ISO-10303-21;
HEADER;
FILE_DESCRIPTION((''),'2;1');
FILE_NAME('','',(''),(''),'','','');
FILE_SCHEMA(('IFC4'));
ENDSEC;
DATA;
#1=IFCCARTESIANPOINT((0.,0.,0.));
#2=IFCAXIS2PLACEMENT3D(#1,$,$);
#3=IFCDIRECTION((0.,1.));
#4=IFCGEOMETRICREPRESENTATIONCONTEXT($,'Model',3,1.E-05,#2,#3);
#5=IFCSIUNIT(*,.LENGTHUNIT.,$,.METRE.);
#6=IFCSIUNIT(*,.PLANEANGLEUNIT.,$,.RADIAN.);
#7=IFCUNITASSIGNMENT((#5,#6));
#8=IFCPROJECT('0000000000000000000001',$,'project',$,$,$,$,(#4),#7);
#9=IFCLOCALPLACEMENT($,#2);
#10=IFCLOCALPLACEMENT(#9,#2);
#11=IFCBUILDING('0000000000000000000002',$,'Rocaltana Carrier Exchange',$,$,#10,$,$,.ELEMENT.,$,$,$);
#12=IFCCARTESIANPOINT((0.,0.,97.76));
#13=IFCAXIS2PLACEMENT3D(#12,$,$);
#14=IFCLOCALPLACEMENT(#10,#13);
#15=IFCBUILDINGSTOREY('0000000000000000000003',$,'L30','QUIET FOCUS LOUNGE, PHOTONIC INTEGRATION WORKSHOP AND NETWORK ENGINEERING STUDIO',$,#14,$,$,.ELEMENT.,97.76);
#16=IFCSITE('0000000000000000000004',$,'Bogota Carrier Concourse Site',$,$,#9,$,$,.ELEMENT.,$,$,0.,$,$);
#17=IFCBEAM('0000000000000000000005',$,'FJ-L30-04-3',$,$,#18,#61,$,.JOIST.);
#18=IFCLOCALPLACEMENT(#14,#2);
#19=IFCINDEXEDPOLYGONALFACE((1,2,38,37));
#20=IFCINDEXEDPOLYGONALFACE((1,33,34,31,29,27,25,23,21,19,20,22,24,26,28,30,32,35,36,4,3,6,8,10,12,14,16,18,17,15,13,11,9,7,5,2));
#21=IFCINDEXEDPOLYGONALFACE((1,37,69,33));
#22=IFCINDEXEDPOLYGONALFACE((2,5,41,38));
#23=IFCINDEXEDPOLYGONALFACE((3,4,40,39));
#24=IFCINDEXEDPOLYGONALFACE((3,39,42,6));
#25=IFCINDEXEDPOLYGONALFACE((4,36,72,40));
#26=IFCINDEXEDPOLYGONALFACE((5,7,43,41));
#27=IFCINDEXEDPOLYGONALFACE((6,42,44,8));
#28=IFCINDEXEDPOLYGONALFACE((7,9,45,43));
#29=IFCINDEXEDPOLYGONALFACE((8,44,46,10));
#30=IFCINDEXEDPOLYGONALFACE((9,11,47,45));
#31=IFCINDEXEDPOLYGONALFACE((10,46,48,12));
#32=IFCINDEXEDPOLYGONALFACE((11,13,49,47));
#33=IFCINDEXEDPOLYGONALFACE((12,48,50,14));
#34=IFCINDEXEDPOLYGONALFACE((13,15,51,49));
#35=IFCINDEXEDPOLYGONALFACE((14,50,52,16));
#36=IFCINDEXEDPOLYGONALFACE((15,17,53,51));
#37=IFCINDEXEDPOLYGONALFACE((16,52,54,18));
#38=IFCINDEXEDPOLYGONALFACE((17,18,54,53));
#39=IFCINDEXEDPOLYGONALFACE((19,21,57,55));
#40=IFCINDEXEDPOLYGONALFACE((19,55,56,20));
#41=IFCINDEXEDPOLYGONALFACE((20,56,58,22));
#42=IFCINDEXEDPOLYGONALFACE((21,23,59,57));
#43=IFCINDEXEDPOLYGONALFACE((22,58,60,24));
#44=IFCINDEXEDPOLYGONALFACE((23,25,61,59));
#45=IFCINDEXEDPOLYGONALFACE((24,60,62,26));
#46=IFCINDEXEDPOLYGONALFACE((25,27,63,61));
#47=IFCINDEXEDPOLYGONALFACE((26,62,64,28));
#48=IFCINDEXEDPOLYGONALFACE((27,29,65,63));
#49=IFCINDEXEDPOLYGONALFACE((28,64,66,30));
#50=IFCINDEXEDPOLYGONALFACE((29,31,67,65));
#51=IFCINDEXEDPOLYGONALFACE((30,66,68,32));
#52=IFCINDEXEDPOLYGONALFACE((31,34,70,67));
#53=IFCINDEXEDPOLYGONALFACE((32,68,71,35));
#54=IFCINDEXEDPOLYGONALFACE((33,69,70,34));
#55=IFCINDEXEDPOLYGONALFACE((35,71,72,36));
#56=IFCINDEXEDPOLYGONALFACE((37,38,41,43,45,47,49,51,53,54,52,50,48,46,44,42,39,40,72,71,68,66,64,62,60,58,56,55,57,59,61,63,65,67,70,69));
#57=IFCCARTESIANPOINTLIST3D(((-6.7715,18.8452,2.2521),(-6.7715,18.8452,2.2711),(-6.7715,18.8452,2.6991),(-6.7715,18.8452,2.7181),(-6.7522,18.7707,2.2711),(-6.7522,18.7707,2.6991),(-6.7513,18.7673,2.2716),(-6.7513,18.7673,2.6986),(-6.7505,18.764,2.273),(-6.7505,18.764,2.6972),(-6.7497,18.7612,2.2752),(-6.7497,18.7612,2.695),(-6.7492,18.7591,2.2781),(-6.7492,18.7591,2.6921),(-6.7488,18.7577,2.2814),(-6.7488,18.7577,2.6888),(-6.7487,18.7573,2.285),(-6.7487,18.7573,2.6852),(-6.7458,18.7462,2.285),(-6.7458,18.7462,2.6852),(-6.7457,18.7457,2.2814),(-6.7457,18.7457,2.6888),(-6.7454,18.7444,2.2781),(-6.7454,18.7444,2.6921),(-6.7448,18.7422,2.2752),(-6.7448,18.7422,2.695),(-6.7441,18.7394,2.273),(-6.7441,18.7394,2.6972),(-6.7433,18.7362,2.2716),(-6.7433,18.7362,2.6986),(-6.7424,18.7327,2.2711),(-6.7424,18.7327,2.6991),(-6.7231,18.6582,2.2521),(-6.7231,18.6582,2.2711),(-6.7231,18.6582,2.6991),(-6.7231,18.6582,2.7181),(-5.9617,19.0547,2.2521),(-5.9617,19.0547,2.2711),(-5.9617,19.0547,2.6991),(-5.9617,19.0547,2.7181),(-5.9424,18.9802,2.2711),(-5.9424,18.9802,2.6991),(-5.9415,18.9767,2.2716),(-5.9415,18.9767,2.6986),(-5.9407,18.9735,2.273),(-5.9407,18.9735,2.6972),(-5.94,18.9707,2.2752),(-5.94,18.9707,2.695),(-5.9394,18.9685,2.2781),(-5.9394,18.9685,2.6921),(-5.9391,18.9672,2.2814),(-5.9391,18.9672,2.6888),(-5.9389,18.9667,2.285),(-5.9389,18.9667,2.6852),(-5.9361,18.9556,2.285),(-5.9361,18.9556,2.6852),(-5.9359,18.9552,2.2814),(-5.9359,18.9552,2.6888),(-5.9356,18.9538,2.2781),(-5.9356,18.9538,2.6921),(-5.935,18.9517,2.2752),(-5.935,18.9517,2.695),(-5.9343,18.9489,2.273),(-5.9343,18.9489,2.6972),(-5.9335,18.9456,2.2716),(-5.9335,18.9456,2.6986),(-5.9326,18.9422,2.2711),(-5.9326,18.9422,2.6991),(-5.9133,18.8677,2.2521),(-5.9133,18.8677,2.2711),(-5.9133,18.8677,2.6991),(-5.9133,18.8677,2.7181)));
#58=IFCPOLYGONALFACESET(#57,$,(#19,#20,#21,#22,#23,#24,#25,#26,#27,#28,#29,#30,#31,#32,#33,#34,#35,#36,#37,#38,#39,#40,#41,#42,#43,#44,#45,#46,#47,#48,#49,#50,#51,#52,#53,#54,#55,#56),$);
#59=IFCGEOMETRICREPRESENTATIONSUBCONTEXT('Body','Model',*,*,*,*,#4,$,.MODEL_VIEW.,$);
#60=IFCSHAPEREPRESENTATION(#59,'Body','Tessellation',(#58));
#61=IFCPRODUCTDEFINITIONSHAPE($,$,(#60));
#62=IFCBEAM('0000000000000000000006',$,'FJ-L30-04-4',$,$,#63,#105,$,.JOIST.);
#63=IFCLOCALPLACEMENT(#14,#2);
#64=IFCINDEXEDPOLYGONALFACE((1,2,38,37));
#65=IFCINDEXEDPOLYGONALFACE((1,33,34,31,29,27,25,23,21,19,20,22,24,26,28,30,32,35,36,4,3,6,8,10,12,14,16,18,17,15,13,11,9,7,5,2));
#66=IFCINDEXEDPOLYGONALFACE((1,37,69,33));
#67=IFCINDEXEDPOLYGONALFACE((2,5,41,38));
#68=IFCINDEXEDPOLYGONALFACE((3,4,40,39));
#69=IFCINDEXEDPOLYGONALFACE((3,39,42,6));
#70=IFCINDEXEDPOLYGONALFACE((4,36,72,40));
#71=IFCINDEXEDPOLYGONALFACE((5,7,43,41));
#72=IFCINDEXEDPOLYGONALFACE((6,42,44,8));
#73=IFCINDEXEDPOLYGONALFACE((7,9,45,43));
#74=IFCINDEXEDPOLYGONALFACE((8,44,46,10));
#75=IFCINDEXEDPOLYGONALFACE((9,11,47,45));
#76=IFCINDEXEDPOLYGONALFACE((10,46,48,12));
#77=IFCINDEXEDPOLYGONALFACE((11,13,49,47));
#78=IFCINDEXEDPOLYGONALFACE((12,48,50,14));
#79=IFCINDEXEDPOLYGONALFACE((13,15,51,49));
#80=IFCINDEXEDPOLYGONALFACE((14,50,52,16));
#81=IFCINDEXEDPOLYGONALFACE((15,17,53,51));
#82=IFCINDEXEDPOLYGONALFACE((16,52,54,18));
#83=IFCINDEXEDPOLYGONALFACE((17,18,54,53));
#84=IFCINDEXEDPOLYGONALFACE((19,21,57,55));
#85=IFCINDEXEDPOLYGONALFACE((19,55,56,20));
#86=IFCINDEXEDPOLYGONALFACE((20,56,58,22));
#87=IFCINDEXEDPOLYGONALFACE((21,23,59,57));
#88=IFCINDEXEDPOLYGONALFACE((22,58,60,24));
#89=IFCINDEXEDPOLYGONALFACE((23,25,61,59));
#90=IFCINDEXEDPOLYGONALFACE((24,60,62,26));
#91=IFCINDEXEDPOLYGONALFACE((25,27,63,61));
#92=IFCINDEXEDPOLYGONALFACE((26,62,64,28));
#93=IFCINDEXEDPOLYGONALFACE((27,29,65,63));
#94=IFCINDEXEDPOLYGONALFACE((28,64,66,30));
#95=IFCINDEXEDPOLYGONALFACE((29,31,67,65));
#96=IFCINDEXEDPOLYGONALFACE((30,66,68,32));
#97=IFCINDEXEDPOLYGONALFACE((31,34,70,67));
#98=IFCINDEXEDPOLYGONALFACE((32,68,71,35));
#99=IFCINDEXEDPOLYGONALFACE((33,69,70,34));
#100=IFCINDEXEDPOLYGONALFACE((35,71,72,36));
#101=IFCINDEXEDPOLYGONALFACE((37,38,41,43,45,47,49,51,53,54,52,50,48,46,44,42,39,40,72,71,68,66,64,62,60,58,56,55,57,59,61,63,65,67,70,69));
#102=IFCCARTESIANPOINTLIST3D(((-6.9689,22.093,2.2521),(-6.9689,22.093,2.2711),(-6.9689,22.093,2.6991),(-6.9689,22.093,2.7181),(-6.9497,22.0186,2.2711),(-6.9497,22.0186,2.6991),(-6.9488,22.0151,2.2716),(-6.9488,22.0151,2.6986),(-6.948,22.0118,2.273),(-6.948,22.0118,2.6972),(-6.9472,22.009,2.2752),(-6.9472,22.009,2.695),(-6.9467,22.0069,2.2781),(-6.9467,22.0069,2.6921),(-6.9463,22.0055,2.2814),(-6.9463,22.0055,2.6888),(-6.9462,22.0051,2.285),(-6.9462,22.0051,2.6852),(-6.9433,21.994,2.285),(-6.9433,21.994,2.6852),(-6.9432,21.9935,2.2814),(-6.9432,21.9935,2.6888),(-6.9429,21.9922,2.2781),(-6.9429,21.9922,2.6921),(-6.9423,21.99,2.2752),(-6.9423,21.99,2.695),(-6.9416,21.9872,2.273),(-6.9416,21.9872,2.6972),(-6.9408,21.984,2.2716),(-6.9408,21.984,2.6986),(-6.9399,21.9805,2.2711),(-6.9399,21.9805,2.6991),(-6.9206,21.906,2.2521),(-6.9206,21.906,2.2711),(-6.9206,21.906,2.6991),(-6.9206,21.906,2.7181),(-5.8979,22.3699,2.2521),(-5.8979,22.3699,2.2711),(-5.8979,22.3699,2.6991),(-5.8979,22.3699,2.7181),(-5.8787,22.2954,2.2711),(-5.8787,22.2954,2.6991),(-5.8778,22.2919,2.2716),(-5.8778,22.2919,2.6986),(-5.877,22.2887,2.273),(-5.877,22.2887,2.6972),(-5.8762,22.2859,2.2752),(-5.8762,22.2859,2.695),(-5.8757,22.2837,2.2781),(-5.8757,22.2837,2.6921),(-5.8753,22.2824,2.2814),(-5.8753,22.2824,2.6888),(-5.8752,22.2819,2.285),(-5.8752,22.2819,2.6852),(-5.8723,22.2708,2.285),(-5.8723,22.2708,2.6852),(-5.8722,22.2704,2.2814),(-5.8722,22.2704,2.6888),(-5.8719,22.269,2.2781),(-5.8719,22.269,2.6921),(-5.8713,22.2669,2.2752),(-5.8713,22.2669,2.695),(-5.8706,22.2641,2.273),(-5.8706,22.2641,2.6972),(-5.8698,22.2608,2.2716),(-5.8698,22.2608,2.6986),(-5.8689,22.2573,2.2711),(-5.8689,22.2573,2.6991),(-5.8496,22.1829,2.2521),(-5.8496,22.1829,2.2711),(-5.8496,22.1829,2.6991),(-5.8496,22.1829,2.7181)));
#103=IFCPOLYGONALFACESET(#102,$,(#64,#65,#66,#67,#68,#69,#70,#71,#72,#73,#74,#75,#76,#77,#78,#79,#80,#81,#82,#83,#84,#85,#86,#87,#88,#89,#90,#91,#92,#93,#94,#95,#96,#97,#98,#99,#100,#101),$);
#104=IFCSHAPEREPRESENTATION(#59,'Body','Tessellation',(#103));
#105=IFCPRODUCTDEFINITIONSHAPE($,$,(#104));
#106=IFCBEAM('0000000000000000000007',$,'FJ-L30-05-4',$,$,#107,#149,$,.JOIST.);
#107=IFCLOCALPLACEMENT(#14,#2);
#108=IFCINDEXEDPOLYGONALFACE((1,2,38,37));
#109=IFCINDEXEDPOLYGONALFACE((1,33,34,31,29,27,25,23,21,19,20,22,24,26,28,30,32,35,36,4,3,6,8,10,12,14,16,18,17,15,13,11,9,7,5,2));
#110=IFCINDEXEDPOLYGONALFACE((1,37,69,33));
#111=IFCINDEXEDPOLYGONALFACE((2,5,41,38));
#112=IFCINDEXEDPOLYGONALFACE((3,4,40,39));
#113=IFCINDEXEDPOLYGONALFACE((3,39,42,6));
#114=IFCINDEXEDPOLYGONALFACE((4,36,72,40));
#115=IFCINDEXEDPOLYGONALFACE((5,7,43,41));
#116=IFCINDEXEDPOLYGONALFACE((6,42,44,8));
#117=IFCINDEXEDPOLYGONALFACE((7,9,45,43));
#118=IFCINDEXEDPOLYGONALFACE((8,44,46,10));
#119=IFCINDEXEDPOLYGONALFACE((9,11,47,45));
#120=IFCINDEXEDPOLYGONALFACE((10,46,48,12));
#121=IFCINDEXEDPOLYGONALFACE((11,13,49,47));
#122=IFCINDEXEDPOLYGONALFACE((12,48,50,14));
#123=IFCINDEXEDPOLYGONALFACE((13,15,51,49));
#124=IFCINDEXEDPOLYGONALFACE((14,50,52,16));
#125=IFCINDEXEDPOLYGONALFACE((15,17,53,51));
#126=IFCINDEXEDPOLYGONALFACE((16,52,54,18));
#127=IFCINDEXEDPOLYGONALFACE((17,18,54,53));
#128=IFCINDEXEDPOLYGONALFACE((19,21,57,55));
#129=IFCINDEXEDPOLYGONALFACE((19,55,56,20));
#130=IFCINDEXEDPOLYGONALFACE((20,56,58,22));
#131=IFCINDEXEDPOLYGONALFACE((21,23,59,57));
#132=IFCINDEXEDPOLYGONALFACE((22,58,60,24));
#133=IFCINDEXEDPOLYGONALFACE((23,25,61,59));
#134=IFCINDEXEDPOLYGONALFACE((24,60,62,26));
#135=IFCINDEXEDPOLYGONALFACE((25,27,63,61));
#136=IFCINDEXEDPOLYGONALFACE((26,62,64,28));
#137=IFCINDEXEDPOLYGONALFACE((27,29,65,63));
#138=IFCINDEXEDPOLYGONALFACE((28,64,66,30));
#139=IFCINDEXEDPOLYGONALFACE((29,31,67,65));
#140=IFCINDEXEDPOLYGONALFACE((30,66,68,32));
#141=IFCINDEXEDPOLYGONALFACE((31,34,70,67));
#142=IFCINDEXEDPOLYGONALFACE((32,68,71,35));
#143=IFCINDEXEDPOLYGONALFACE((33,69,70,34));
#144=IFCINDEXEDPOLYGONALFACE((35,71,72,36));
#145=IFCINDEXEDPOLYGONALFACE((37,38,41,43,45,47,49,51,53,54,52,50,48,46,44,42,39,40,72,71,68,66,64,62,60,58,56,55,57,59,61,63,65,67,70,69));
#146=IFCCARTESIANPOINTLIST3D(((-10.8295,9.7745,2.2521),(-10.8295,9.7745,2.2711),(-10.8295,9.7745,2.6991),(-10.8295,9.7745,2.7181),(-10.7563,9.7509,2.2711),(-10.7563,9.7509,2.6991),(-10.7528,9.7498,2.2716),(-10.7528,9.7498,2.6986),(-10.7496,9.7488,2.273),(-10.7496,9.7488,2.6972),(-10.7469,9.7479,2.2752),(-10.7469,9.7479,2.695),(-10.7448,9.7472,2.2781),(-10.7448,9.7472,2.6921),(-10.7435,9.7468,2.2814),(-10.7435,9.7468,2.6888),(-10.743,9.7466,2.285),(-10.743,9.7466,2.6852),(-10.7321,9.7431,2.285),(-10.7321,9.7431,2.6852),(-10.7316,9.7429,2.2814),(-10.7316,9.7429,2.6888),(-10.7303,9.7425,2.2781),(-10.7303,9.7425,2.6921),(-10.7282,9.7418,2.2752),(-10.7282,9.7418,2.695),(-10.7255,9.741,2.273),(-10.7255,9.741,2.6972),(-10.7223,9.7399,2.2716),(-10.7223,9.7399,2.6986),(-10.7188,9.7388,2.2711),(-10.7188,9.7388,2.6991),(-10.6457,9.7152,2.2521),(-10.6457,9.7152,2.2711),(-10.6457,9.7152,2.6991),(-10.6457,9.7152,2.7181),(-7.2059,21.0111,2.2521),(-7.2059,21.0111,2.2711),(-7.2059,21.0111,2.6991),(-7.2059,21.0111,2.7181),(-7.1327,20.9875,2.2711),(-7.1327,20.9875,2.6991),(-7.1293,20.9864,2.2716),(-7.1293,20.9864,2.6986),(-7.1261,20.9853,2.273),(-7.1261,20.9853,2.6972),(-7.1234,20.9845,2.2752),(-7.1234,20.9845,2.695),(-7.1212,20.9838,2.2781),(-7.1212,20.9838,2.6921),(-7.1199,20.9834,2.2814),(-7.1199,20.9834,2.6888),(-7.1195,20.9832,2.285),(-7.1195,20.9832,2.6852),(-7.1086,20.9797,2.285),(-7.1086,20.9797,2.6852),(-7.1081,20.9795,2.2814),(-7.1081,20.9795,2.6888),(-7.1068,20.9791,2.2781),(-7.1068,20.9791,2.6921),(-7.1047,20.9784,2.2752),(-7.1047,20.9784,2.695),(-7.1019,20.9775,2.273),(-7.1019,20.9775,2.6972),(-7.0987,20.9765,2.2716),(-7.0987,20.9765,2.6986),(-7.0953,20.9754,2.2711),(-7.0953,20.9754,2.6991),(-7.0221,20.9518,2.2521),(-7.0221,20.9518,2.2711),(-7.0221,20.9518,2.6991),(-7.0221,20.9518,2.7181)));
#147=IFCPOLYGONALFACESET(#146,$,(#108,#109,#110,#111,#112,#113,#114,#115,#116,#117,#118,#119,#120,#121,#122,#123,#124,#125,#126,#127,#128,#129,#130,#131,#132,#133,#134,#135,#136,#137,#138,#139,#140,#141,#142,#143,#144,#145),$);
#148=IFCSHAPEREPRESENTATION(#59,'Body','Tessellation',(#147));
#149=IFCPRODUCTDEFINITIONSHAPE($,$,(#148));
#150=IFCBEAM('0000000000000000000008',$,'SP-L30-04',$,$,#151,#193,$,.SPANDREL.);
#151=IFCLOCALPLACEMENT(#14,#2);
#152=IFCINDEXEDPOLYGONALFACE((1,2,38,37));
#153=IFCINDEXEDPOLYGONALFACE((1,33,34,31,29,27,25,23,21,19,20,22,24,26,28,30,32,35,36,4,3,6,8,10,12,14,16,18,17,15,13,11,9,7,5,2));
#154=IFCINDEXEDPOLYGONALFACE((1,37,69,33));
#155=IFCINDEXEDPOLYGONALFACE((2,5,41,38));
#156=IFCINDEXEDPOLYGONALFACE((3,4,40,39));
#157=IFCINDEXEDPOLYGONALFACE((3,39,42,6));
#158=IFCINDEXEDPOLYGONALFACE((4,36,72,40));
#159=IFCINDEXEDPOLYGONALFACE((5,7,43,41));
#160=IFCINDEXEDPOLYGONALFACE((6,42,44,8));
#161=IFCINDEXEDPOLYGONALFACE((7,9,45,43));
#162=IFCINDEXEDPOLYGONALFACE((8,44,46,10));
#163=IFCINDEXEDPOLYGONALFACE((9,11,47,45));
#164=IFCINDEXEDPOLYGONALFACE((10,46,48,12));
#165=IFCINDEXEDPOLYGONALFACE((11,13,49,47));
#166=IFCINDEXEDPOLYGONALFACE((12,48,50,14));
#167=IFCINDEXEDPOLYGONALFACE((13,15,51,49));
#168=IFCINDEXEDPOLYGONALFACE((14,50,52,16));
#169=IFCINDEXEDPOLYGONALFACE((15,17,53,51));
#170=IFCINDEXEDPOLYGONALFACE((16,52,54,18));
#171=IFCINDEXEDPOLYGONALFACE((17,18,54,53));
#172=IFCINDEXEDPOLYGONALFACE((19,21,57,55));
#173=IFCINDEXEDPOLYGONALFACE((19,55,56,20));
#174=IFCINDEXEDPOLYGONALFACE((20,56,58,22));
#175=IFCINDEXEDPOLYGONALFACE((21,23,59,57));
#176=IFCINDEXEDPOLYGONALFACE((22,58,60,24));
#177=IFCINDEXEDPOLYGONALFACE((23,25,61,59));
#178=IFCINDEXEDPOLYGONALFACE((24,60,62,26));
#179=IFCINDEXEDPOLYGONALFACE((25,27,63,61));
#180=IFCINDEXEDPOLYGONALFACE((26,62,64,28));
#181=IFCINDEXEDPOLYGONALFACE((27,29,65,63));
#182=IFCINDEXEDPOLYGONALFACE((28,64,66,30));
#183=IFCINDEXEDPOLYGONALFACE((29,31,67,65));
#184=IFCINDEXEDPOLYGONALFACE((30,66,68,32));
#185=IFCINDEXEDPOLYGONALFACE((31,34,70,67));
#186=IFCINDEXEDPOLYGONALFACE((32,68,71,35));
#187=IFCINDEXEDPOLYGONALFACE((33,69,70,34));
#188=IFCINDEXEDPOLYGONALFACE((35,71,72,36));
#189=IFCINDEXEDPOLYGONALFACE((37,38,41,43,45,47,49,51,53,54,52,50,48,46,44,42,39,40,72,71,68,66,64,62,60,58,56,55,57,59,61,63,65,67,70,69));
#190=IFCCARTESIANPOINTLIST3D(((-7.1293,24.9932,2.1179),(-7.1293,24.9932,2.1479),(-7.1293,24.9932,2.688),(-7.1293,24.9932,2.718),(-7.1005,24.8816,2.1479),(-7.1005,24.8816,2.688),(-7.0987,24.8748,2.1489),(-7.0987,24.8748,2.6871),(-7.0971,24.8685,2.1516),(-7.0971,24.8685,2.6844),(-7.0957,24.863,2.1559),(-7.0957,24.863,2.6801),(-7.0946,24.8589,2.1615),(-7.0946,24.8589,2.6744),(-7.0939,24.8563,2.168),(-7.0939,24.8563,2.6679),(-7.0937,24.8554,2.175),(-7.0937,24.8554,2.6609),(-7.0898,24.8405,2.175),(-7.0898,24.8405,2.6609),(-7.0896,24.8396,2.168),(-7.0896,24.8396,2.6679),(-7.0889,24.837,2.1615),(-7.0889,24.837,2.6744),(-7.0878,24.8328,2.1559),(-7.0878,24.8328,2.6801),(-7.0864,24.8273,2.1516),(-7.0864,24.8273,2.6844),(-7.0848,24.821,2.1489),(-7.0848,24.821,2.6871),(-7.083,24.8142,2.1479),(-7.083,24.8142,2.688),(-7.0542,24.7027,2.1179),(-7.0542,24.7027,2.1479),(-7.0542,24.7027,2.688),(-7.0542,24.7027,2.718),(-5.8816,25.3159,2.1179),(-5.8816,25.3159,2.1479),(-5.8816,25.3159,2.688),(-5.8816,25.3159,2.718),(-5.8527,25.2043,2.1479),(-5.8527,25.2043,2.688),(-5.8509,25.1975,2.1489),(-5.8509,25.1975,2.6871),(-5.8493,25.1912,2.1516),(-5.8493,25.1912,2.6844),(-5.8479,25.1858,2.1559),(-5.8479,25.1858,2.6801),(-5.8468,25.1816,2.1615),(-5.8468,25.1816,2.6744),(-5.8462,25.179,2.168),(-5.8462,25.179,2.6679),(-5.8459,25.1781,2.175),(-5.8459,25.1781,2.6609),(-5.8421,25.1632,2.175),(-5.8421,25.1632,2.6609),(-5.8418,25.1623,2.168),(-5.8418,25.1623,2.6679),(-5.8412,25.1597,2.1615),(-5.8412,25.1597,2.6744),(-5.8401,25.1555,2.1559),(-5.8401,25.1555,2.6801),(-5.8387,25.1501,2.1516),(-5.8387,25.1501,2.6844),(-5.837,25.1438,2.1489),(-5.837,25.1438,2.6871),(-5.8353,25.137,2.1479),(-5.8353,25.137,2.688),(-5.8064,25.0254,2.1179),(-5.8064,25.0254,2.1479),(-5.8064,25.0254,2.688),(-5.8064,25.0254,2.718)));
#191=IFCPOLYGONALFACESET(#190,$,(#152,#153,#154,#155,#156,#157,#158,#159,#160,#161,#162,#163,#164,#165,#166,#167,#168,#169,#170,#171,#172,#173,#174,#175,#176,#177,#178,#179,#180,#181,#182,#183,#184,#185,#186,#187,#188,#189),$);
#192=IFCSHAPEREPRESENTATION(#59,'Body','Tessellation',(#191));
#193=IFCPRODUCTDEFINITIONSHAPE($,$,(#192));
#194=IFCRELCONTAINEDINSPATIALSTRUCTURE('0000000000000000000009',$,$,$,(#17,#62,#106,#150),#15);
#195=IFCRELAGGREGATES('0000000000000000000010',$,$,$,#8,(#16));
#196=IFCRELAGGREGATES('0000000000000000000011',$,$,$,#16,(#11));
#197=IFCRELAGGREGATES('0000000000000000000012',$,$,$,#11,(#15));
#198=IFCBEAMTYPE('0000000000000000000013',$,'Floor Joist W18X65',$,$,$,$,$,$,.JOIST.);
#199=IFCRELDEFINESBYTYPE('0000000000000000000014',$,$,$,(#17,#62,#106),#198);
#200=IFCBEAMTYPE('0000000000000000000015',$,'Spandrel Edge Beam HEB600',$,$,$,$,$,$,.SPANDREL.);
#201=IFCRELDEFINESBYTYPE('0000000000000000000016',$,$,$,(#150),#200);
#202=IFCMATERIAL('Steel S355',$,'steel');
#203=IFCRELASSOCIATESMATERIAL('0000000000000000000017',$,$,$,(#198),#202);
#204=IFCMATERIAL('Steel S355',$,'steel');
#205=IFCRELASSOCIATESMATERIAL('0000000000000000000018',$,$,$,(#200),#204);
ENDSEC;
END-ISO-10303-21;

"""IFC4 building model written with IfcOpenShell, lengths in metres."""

from ifc_helpers import new_model, si_unit, direction, frame, origin, origin_2d, place, context, subcontext, project, spatial, i_section, extrude, material, material_profile, profile_set, type_object, element, save


model = new_model("IFC4")

# Units and contexts
model_context = context("Model", 3, precision=1e-05, world=origin(), true_north=direction((0.0, 1.0)))
body_context = subcontext(model_context, "Body", "Model", "MODEL_VIEW")
ifc_project = project(units=[si_unit("LENGTHUNIT", "METRE"), si_unit("PLANEANGLEUNIT", "RADIAN")], contexts=[model_context])

# Site, building, storey
site_placement = place(None, origin())
site = spatial("IfcSite", under=ifc_project, at=site_placement, Name="Bogota Carrier Concourse Site", CompositionType="ELEMENT", RefElevation=0.0)
building_placement = place(site_placement, origin())
building = spatial("IfcBuilding", under=site, at=building_placement, Name="Rocaltana Carrier Exchange", CompositionType="ELEMENT")
storey_placement = place(building_placement, frame((0.0, 0.0, 97.76)))
storey = spatial("IfcBuildingStorey", under=building, at=storey_placement, Name="L30", Description="QUIET FOCUS LOUNGE, PHOTONIC INTEGRATION WORKSHOP AND NETWORK ENGINEERING STUDIO", CompositionType="ELEMENT", Elevation=97.76)

# Beams
ifc_material_1 = material(Name="Steel S355", Category="steel")
ifc_material_profile_1 = material_profile(ifc_material_1, i_section(OverallWidth=0.1931, OverallDepth=0.4661, WebThickness=0.0115, FlangeThickness=0.019, FilletRadius=0.0139, at=origin_2d()), Name="W18X65")
ifc_profile_set_1 = profile_set([ifc_material_profile_1], Name="Steel S355")
beam_type_1 = type_object("IfcBeamType", Name="Floor Joist W18X65", PredefinedType="JOIST", material=ifc_profile_set_1)
beam_1_placement = place(storey_placement, frame((-5.9375, 18.9612, 2.4851), z_axis=(-0.968136, -0.250425, 0.0), x_axis=(0.250425, -0.968136, 0.0)))
element("IfcBeam", 1, at=beam_1_placement, inside=storey, type_object=beam_type_1, Name="FJ-L30-04-3", PredefinedType="JOIST", context=body_context, shape_type="SweptSolid", body=[
    extrude(i_section(OverallWidth=0.1931, OverallDepth=0.4661, WebThickness=0.0115, FlangeThickness=0.019, FilletRadius=0.0139, at=origin_2d()), origin(), (0.0, 0.0, 1.0), 0.8364),
])
beam_2_placement = place(storey_placement, frame((-5.8738, 22.2764, 2.4851), z_axis=(-0.968177, -0.250265, 0.0), x_axis=(0.250265, -0.968177, 0.0)))
element("IfcBeam", 2, at=beam_2_placement, inside=storey, type_object=beam_type_1, Name="FJ-L30-04-4", PredefinedType="JOIST", context=body_context, shape_type="SweptSolid", body=[
    extrude(i_section(OverallWidth=0.1931, OverallDepth=0.4661, WebThickness=0.0115, FlangeThickness=0.019, FilletRadius=0.0139, at=origin_2d()), origin(), (0.0, 0.0, 1.0), 1.1062),
])
beam_3_placement = place(storey_placement, frame((-7.114, 20.9814, 2.4851), z_axis=(-0.306913, -0.951737, 0.0), x_axis=(0.951737, -0.306913, 0.0)))
element("IfcBeam", 3, at=beam_3_placement, inside=storey, type_object=beam_type_1, Name="FJ-L30-05-4", PredefinedType="JOIST", context=body_context, shape_type="SweptSolid", body=[
    extrude(i_section(OverallWidth=0.1931, OverallDepth=0.4661, WebThickness=0.0115, FlangeThickness=0.019, FilletRadius=0.0139, at=origin_2d()), origin(), (0.0, 0.0, 1.0), 11.8064),
])
ifc_material_2 = material(Name="Steel S355", Category="steel")
ifc_material_profile_2 = material_profile(ifc_material_2, i_section(OverallWidth=0.3, OverallDepth=0.6001, WebThickness=0.0154, FlangeThickness=0.03, FilletRadius=0.0271, at=origin_2d()), Name="HEB600")
ifc_profile_set_2 = profile_set([ifc_material_profile_2], Name="Steel S355")
beam_type_2 = type_object("IfcBeamType", Name="Spandrel Edge Beam HEB600", PredefinedType="SPANDREL", material=ifc_profile_set_2)
beam_4_placement = place(storey_placement, frame((-5.844, 25.1707, 2.418), z_axis=(-0.968138, -0.250416, 0.0), x_axis=(0.250416, -0.968138, 0.0)))
element("IfcBeam", 4, at=beam_4_placement, inside=storey, type_object=beam_type_2, Name="SP-L30-04", PredefinedType="SPANDREL", context=body_context, shape_type="SweptSolid", body=[
    extrude(i_section(OverallWidth=0.3, OverallDepth=0.6001, WebThickness=0.0154, FlangeThickness=0.03, FilletRadius=0.0271, at=origin_2d()), origin(), (0.0, 0.0, 1.0), 1.2888),
])

save(model, "model.ifc")
